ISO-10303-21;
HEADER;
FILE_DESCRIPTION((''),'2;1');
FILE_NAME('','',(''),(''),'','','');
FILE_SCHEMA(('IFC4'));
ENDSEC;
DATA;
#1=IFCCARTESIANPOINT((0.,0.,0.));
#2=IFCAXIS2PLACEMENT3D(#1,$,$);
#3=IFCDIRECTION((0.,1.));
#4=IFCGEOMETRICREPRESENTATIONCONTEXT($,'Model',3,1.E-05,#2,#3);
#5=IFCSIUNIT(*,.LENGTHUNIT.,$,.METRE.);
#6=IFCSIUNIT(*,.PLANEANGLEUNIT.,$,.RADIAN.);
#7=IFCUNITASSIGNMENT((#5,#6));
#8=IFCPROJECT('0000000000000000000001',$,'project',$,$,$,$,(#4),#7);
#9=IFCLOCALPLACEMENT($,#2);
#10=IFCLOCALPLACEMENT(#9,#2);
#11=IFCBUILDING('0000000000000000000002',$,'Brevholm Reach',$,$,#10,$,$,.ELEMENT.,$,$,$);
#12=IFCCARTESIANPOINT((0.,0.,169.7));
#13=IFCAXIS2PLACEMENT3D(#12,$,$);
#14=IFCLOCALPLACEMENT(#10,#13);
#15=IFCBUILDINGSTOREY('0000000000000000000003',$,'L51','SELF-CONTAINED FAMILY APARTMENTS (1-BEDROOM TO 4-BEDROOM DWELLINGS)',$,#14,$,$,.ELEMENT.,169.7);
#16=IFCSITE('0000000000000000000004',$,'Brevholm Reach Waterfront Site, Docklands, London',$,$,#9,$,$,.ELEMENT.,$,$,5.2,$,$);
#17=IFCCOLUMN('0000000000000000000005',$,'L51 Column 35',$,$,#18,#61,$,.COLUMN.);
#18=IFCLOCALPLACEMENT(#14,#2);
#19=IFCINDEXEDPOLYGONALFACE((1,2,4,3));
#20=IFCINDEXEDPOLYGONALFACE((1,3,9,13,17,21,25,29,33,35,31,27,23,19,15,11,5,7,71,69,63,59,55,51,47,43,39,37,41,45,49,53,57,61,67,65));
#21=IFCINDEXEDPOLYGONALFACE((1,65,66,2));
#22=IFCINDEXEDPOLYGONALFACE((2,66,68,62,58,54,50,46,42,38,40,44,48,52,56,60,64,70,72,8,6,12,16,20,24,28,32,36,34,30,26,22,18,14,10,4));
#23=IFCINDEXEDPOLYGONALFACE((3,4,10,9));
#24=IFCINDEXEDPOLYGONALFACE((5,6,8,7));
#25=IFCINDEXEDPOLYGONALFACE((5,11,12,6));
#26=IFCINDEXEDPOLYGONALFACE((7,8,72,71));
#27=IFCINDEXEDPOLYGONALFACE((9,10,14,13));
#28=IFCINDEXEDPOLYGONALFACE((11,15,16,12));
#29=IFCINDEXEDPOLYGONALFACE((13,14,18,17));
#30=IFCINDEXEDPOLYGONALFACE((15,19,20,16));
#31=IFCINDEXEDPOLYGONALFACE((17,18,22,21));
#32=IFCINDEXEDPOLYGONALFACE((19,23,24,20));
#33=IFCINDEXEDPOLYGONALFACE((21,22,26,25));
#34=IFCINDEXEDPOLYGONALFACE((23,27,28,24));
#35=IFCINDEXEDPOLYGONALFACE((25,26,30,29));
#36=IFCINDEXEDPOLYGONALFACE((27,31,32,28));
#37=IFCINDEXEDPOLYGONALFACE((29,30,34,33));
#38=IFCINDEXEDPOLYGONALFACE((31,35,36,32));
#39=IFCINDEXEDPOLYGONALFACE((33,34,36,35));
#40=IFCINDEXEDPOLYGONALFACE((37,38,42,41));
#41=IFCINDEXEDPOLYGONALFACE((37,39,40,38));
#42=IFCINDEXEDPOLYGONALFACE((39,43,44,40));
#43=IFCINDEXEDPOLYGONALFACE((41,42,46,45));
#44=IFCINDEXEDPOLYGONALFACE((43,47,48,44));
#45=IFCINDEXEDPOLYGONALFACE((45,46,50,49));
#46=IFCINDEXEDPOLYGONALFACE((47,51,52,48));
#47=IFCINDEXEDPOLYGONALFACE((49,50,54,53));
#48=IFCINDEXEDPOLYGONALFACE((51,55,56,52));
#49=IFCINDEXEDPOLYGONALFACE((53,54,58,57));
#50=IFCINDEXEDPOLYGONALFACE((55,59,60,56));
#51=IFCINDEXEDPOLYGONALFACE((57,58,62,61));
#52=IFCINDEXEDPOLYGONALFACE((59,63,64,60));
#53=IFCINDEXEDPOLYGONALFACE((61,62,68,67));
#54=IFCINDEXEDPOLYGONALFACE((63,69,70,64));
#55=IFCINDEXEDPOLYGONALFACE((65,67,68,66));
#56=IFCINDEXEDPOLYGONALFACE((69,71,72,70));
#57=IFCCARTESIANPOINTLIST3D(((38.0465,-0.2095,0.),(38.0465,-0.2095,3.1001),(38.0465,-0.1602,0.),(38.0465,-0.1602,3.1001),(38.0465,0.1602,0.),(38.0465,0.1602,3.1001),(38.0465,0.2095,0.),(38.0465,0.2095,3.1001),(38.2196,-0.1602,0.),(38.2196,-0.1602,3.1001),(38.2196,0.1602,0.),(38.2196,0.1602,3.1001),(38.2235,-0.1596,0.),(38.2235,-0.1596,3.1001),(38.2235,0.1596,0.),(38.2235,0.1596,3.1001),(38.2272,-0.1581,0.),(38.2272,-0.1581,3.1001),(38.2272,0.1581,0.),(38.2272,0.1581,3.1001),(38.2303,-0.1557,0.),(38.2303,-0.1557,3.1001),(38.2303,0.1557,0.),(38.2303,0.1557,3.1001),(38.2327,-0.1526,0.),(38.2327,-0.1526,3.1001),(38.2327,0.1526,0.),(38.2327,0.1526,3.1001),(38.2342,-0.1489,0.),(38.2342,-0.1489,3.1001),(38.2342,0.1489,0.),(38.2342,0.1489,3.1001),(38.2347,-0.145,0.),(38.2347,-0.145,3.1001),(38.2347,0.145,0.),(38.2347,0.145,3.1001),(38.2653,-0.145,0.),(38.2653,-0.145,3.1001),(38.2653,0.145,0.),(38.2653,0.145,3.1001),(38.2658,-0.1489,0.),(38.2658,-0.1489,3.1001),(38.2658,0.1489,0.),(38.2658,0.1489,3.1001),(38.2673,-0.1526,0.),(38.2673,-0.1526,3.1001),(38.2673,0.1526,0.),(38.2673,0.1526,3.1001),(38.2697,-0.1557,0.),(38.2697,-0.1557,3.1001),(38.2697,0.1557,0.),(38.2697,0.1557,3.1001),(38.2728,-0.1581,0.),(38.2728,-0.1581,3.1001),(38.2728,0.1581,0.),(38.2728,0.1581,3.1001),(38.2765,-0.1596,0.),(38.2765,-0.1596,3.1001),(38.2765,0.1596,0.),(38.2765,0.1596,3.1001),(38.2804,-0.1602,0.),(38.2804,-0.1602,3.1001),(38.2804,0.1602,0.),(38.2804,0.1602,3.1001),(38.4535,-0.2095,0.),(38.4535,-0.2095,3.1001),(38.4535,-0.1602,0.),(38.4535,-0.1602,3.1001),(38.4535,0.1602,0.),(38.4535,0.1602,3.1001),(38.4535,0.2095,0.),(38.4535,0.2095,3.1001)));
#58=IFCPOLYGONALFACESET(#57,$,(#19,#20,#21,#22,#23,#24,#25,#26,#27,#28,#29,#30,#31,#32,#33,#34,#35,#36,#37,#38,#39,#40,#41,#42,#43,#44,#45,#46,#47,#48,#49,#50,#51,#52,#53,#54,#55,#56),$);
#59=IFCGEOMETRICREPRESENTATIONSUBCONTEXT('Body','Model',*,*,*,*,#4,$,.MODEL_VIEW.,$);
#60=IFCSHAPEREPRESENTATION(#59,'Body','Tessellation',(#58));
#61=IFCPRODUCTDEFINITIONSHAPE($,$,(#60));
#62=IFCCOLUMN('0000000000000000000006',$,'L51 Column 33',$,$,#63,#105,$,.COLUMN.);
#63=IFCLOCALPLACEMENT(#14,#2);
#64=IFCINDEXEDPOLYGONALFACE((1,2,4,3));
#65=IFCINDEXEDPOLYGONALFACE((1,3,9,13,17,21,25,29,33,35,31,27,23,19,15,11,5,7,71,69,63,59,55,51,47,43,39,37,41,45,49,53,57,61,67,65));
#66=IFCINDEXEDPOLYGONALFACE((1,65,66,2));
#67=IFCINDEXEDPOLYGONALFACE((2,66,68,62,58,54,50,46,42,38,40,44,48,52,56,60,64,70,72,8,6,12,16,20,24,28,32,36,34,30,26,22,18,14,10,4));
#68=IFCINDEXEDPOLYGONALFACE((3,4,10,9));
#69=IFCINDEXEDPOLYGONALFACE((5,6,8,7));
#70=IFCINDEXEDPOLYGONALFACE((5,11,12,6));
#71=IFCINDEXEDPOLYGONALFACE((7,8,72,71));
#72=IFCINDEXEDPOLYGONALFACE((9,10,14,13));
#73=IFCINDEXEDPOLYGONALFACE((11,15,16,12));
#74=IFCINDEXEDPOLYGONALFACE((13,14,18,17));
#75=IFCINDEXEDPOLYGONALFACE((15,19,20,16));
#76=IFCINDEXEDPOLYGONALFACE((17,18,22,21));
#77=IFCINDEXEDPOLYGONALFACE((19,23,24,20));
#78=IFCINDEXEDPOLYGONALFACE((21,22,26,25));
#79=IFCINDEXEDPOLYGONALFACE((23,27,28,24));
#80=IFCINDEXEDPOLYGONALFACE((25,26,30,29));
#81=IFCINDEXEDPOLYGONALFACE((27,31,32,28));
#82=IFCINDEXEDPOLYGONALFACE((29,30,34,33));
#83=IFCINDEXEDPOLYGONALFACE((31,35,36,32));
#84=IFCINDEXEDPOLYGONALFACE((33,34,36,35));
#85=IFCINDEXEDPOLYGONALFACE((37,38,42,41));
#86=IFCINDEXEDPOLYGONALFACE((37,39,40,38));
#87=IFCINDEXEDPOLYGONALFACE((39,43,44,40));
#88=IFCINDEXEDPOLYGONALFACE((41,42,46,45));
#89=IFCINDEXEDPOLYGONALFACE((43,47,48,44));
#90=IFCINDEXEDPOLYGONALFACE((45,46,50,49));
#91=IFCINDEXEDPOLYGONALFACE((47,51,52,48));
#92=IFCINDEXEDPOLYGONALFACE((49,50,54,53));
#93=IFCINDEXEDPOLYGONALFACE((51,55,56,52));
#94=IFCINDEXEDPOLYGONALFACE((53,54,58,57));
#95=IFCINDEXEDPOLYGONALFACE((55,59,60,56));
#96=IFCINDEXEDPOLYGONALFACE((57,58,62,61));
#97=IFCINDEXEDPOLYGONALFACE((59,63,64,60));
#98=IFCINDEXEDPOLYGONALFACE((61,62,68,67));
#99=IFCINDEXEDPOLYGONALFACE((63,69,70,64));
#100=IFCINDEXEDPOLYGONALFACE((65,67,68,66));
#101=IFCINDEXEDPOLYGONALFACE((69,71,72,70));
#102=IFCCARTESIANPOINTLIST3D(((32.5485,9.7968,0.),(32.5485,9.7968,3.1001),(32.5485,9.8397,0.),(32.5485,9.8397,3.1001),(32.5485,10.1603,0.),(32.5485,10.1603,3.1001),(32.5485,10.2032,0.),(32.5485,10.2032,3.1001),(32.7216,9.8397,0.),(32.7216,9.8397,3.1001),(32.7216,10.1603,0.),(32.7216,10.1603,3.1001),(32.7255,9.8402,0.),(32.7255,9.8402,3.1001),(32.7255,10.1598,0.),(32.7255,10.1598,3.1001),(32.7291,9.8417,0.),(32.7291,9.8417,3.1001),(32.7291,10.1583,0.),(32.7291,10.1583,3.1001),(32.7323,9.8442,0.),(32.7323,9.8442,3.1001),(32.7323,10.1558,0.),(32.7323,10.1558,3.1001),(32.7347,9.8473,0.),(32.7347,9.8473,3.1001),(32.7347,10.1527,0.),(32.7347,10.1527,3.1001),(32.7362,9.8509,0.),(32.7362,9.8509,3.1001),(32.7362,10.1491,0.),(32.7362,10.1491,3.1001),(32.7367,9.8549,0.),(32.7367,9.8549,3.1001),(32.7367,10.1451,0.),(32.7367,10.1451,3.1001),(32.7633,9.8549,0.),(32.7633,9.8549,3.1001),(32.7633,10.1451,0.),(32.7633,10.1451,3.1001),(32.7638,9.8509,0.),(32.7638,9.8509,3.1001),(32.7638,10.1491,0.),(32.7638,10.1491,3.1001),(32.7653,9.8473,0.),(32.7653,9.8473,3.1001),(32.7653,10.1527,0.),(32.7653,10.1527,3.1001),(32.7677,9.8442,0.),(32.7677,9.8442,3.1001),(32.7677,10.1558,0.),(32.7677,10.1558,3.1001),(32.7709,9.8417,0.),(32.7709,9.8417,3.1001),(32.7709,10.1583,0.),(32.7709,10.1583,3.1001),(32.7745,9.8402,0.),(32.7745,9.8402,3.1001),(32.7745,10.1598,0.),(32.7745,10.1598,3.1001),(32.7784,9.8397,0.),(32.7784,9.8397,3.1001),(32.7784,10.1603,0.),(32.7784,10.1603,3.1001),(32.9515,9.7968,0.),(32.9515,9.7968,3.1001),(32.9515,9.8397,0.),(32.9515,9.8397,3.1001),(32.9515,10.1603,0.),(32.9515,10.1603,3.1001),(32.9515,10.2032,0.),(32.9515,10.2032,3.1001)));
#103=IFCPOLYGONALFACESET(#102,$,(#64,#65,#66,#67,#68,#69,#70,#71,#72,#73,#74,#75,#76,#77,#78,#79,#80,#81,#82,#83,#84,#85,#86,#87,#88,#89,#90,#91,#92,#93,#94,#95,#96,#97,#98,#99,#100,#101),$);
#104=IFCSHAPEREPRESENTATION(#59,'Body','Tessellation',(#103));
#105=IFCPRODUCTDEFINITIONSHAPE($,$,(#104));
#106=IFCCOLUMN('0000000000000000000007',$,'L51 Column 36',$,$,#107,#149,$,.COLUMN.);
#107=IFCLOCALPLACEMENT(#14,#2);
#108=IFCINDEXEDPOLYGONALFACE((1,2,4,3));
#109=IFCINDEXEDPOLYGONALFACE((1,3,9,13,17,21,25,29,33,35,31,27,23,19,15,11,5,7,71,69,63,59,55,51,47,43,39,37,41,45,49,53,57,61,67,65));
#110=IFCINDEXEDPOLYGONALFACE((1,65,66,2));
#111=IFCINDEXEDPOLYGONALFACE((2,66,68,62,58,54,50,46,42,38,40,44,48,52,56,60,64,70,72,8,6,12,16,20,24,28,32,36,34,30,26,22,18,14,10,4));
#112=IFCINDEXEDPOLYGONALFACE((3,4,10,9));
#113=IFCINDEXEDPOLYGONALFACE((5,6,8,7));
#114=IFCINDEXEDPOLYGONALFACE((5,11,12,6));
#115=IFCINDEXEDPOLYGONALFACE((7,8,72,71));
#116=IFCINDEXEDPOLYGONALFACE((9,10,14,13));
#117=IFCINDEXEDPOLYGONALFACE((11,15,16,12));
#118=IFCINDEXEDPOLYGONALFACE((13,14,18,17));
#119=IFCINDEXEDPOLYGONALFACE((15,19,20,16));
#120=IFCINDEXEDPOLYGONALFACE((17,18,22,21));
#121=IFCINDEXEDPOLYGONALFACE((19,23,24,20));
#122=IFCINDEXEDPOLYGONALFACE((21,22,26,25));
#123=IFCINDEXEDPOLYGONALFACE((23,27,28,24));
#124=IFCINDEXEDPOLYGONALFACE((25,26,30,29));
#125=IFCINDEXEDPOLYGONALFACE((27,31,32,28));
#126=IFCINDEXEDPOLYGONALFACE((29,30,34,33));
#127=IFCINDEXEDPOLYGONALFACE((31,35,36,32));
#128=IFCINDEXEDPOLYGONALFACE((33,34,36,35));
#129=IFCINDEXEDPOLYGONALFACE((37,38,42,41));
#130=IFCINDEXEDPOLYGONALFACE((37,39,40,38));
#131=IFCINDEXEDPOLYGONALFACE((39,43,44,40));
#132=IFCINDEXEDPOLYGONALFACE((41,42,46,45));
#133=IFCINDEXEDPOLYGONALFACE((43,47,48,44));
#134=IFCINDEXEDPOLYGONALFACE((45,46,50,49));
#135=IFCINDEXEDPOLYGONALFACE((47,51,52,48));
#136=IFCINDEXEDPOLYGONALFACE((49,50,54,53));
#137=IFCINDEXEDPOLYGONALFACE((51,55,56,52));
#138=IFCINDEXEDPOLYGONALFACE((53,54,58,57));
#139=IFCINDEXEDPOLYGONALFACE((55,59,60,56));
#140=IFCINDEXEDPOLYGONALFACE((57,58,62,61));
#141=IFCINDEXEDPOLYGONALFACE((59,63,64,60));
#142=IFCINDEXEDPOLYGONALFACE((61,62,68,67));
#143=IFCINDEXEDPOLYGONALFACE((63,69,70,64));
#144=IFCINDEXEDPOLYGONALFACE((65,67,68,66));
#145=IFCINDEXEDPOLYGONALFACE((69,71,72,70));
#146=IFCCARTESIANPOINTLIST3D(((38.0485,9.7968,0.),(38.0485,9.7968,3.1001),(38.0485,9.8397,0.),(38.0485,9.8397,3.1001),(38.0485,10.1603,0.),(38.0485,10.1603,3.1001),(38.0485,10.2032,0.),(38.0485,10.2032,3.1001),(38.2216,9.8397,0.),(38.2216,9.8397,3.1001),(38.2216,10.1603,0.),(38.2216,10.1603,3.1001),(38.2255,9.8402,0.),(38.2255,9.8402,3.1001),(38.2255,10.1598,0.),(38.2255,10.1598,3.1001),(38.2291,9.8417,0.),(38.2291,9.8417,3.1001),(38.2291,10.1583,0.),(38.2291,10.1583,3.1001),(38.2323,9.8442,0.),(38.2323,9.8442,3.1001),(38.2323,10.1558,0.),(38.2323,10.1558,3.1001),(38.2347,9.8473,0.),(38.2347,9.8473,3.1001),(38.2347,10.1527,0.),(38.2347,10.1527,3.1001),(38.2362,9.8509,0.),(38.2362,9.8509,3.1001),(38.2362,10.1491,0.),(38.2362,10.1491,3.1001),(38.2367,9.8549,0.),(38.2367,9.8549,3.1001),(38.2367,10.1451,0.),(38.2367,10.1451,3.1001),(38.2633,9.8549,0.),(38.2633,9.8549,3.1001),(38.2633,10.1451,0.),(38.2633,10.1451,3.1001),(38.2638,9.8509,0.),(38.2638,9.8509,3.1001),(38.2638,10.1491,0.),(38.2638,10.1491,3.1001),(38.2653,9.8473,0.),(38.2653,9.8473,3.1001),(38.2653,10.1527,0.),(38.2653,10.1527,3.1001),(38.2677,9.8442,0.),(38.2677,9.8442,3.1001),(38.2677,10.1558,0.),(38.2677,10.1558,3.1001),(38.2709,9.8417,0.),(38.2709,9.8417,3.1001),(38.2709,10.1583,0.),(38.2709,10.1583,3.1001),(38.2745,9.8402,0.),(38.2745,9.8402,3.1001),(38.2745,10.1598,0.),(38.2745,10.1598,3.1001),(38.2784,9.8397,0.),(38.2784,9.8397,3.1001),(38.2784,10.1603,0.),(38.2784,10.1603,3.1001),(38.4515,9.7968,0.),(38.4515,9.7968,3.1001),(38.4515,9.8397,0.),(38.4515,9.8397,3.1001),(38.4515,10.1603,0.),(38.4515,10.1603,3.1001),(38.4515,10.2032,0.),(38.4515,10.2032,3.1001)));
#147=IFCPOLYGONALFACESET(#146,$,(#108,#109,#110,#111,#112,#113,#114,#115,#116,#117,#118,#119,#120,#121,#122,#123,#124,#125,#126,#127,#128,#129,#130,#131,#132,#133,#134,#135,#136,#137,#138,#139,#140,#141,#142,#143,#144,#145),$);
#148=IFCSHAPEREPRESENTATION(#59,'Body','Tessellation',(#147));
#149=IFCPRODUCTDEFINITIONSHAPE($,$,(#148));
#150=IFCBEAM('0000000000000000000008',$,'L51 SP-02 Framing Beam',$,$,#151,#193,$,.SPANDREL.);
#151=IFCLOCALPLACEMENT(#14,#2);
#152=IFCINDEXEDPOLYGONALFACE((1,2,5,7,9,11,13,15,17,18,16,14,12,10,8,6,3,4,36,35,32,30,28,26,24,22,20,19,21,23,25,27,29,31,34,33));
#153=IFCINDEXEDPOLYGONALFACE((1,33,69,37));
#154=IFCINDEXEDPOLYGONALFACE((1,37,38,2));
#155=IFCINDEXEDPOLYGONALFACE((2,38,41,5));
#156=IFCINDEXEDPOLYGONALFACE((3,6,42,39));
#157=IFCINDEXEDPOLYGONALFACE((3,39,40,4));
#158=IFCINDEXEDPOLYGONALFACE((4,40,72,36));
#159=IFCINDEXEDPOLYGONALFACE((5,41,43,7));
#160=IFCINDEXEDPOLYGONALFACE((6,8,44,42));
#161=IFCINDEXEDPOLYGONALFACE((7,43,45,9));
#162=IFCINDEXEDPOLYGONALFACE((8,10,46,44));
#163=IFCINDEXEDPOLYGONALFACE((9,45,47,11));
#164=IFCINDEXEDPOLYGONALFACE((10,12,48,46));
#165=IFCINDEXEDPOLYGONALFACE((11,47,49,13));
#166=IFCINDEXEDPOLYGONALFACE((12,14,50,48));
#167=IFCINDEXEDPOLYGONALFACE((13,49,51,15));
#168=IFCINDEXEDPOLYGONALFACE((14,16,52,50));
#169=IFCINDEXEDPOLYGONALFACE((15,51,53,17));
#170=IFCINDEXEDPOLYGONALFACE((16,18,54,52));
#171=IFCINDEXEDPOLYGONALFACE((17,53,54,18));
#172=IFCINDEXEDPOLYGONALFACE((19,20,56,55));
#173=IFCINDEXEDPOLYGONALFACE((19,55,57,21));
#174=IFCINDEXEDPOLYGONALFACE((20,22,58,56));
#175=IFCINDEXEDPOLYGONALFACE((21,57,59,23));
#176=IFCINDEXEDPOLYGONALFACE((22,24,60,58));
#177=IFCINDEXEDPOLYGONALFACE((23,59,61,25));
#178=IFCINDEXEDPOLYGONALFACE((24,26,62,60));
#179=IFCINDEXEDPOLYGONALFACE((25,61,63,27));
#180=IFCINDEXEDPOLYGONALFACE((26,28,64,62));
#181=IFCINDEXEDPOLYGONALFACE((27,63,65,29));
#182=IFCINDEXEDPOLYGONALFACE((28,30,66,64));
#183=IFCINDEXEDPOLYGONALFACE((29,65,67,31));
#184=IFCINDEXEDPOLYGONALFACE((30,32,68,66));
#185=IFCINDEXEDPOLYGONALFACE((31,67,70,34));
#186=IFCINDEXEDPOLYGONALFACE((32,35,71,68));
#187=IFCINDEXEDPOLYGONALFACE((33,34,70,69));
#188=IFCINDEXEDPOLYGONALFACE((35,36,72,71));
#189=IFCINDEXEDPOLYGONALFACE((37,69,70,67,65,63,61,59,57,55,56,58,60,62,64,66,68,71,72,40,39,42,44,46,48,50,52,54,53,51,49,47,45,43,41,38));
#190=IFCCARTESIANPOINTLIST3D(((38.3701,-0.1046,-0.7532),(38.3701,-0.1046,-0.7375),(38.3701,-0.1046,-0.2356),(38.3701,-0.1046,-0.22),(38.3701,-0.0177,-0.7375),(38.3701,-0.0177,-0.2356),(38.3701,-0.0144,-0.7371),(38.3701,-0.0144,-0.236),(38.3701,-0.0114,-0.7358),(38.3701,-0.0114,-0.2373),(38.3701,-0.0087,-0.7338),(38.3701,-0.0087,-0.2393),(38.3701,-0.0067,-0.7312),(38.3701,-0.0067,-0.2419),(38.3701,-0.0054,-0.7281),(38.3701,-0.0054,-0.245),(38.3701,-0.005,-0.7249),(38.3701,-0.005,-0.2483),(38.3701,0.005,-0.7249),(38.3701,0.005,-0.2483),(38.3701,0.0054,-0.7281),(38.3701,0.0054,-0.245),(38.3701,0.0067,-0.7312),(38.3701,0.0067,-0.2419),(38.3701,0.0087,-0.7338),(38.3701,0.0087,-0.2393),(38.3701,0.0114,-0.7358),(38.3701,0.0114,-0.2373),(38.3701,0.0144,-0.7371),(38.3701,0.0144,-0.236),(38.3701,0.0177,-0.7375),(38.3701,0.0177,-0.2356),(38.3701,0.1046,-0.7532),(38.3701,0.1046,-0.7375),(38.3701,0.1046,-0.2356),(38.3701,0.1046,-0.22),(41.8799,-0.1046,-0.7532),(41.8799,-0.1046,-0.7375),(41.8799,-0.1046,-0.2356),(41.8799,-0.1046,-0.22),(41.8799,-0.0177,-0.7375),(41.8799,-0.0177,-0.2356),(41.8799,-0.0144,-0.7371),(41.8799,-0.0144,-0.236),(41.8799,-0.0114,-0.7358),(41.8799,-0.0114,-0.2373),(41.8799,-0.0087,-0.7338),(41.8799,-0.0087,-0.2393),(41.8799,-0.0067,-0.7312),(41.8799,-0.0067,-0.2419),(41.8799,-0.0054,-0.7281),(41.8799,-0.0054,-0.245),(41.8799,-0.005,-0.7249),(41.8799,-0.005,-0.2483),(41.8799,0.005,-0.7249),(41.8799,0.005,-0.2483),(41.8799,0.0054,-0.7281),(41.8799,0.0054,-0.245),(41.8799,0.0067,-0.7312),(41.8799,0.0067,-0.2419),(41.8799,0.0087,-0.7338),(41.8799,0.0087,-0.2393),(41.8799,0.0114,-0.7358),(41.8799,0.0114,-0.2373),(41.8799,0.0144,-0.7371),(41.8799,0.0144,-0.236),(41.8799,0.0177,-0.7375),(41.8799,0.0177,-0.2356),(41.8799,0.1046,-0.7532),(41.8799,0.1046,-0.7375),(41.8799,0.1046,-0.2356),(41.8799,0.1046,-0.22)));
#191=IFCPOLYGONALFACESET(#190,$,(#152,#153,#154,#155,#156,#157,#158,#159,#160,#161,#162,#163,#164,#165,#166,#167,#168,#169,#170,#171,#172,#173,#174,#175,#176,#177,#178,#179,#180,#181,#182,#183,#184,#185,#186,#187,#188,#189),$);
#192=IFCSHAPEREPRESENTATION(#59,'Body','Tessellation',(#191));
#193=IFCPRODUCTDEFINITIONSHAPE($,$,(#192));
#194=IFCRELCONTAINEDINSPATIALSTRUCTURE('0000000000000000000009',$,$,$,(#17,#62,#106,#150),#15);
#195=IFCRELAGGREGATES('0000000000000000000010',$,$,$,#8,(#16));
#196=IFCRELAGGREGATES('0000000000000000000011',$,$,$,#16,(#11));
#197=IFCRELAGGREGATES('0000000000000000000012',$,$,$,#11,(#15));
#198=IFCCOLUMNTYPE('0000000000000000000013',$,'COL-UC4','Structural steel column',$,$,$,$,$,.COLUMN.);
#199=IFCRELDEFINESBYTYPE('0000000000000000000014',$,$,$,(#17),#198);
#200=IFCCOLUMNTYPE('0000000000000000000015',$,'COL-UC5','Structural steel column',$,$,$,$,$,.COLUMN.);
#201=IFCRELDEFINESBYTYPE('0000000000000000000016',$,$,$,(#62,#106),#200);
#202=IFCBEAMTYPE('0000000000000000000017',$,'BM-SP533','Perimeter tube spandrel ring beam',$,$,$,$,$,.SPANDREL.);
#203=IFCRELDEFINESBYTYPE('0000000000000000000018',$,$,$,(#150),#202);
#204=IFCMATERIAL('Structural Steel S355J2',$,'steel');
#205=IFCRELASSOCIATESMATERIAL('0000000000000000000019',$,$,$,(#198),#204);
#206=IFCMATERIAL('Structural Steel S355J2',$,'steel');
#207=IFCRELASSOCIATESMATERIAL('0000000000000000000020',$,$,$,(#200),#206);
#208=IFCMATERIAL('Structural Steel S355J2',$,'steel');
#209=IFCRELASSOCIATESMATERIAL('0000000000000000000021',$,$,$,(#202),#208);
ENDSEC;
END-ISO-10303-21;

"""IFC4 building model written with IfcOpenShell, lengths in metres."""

from ifc_helpers import new_model, si_unit, direction, frame, origin, origin_2d, place, context, subcontext, project, spatial, i_section, extrude, material, material_profile, profile_set, type_object, element, save


model = new_model("IFC4")

# Units and contexts
model_context = context("Model", 3, precision=1e-05, world=origin(), true_north=direction((0.0, 1.0)))
body_context = subcontext(model_context, "Body", "Model", "MODEL_VIEW")
ifc_project = project(units=[si_unit("LENGTHUNIT", "METRE"), si_unit("PLANEANGLEUNIT", "RADIAN")], contexts=[model_context])

# Site, building, storey
site_placement = place(None, origin())
site = spatial("IfcSite", under=ifc_project, at=site_placement, Name="Brevholm Reach Waterfront Site, Docklands, London", CompositionType="ELEMENT", RefElevation=5.2)
building_placement = place(site_placement, origin())
building = spatial("IfcBuilding", under=site, at=building_placement, Name="Brevholm Reach", CompositionType="ELEMENT")
storey_placement = place(building_placement, frame((0.0, 0.0, 169.7)))
storey = spatial("IfcBuildingStorey", under=building, at=storey_placement, Name="L51", Description="SELF-CONTAINED FAMILY APARTMENTS (1-BEDROOM TO 4-BEDROOM DWELLINGS)", CompositionType="ELEMENT", Elevation=169.7)

# Columns
ifc_material_1 = material(Name="Structural Steel S355J2", Category="steel")
ifc_material_profile_1 = material_profile(ifc_material_1, i_section(OverallWidth=0.407, OverallDepth=0.4189, WebThickness=0.0305, FlangeThickness=0.0493, FilletRadius=0.0151, at=origin_2d()), Name="UKC 356x406x393")
ifc_profile_set_1 = profile_set([ifc_material_profile_1], Name="Structural Steel S355J2")
column_type_1 = type_object("IfcColumnType", Name="COL-UC4", Description="Structural steel column", PredefinedType="COLUMN", material=ifc_profile_set_1)
column_placement = place(storey_placement, frame((38.25, 0.0, 0.0), z_axis=(0.0, 0.0, 1.0), x_axis=(1.0, 0.0, 0.0)))
element("IfcColumn", 1, at=column_placement, inside=storey, type_object=column_type_1, Name="L51 Column 35", PredefinedType="COLUMN", context=body_context, shape_type="SweptSolid", body=[
    extrude(i_section(OverallWidth=0.407, OverallDepth=0.4189, WebThickness=0.0305, FlangeThickness=0.0493, FilletRadius=0.0151, at=origin_2d()), origin(), (0.0, 0.0, 1.0), 3.1001),
])
ifc_material_2 = material(Name="Structural Steel S355J2", Category="steel")
ifc_material_profile_2 = material_profile(ifc_material_2, i_section(OverallWidth=0.4031, OverallDepth=0.4065, WebThickness=0.0266, FlangeThickness=0.043, FilletRadius=0.0151, at=origin_2d()), Name="UKC 356x406x340")
ifc_profile_set_2 = profile_set([ifc_material_profile_2], Name="Structural Steel S355J2")
column_type_2 = type_object("IfcColumnType", Name="COL-UC5", Description="Structural steel column", PredefinedType="COLUMN", material=ifc_profile_set_2)
for number, where, z_axis, x_axis, name in (
    (2, (32.75, 10.0, 0.0), (0.0, 0.0, 1.0), (1.0, 0.0, 0.0), "L51 Column 33"),
    (3, (38.25, 10.0, 0.0), (0.0, 0.0, 1.0), (1.0, 0.0, 0.0), "L51 Column 36"),
):
    element("IfcColumn", number, at=place(storey_placement, frame(where, z_axis=z_axis, x_axis=x_axis)), inside=storey, type_object=column_type_2, Name=name, PredefinedType="COLUMN", context=body_context, shape_type="SweptSolid", body=[
        extrude(i_section(OverallWidth=0.4031, OverallDepth=0.4065, WebThickness=0.0266, FlangeThickness=0.043, FilletRadius=0.0151, at=origin_2d()), origin(), (0.0, 0.0, 1.0), 3.1001),
    ])

# Beam
ifc_material_3 = material(Name="Structural Steel S355J2", Category="steel")
ifc_material_profile_3 = material_profile(ifc_material_3, i_section(OverallWidth=0.2092, OverallDepth=0.5332, WebThickness=0.01, FlangeThickness=0.0156, FilletRadius=0.0127, at=origin_2d()), Name="UKB 533x210x92")
ifc_profile_set_3 = profile_set([ifc_material_profile_3], Name="Structural Steel S355J2")
beam_type_1 = type_object("IfcBeamType", Name="BM-SP533", Description="Perimeter tube spandrel ring beam", PredefinedType="SPANDREL", material=ifc_profile_set_3)
beam_1_placement = place(storey_placement, frame((38.3701, 0.0, -0.4866), z_axis=(1.0, 0.0, 0.0), x_axis=(0.0, 1.0, 0.0)))
element("IfcBeam", 4, at=beam_1_placement, inside=storey, type_object=beam_type_1, Name="L51 SP-02 Framing Beam", PredefinedType="SPANDREL", context=body_context, shape_type="SweptSolid", body=[
    extrude(i_section(OverallWidth=0.2092, OverallDepth=0.5332, WebThickness=0.01, FlangeThickness=0.0156, FilletRadius=0.0127, at=origin_2d()), origin(), (0.0, 0.0, 1.0), 3.5098),
])

save(model, "model.ifc")
